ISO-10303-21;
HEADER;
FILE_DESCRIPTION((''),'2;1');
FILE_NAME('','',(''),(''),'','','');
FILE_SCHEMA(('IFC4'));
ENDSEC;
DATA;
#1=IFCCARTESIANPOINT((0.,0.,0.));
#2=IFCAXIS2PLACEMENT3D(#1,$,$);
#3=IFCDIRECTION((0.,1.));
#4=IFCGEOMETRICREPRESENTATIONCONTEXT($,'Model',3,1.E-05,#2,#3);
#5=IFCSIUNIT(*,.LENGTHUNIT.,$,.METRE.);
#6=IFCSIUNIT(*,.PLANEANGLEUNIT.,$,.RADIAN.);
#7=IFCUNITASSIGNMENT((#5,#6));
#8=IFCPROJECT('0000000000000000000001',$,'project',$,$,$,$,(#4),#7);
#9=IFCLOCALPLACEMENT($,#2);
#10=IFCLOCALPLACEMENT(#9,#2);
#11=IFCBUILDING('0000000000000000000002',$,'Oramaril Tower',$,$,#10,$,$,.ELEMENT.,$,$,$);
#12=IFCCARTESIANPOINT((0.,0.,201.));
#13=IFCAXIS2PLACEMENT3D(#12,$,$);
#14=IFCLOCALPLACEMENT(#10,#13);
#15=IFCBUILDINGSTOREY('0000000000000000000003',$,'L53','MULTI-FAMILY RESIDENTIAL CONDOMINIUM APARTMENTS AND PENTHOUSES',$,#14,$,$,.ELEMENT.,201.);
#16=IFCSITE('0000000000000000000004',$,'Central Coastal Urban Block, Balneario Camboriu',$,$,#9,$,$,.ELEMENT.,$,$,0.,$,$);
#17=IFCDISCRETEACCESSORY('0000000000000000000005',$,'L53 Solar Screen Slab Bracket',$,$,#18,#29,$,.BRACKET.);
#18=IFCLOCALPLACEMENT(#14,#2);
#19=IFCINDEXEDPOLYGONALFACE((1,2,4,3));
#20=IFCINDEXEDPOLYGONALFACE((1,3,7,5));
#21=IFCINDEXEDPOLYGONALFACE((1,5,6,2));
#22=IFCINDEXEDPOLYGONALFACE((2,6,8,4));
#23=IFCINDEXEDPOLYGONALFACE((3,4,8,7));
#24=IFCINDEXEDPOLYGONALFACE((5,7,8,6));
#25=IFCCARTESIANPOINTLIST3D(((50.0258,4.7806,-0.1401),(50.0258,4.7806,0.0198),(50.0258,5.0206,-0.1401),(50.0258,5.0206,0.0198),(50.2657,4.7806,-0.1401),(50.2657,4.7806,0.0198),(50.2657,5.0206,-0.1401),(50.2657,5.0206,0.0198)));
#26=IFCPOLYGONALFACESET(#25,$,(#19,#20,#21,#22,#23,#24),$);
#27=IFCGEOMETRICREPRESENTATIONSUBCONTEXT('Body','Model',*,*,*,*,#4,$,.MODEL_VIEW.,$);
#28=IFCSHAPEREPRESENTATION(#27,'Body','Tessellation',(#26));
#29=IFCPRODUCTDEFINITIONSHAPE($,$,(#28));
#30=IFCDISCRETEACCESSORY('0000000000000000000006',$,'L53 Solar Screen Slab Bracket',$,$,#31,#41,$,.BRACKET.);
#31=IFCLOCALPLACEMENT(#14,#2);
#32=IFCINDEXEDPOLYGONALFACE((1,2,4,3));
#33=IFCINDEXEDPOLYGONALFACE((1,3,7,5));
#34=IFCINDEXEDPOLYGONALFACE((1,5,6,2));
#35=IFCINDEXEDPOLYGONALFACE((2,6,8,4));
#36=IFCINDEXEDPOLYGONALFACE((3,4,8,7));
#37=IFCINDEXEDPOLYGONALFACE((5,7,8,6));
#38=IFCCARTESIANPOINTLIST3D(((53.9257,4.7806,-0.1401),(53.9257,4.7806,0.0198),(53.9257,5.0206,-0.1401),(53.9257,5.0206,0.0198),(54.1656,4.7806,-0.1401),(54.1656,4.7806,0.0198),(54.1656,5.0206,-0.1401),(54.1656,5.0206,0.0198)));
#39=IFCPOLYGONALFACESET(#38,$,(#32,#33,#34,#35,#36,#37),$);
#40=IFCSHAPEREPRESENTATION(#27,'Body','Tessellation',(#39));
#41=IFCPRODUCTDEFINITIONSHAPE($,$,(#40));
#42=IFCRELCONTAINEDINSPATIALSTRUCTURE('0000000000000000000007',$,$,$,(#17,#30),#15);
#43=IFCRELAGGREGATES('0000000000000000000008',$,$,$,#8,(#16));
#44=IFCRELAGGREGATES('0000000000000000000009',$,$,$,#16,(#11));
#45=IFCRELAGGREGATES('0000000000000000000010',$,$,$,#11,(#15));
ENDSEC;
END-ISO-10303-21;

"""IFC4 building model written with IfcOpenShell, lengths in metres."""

from ifc_helpers import new_model, si_unit, direction, frame, origin, origin_2d, place, context, subcontext, project, spatial, rectangle, extrude, element, save


model = new_model("IFC4")

# Units and contexts
model_context = context("Model", 3, precision=1e-05, world=origin(), true_north=direction((0.0, 1.0)))
body_context = subcontext(model_context, "Body", "Model", "MODEL_VIEW")
ifc_project = project(units=[si_unit("LENGTHUNIT", "METRE"), si_unit("PLANEANGLEUNIT", "RADIAN")], contexts=[model_context])

# Site, building, storey
site_placement = place(None, origin())
site = spatial("IfcSite", under=ifc_project, at=site_placement, Name="Central Coastal Urban Block, Balneario Camboriu", CompositionType="ELEMENT", RefElevation=0.0)
building_placement = place(site_placement, origin())
building = spatial("IfcBuilding", under=site, at=building_placement, Name="Oramaril Tower", CompositionType="ELEMENT")
storey_placement = place(building_placement, frame((0.0, 0.0, 201.0)))
storey = spatial("IfcBuildingStorey", under=building, at=storey_placement, Name="L53", Description="MULTI-FAMILY RESIDENTIAL CONDOMINIUM APARTMENTS AND PENTHOUSES", CompositionType="ELEMENT", Elevation=201.0)

# Discrete accessories
for number, where, z_axis, x_axis, name in (
    (1, (50.1458, 4.9006, -0.1401), (0.0, 0.0, 1.0), (1.0, 0.0, 0.0), "L53 Solar Screen Slab Bracket"),
    (2, (54.0457, 4.9006, -0.1401), (0.0, 0.0, 1.0), (1.0, 0.0, 0.0), "L53 Solar Screen Slab Bracket"),
):
    element("IfcDiscreteAccessory", number, at=place(storey_placement, frame(where, z_axis=z_axis, x_axis=x_axis)), inside=storey, Name=name, PredefinedType="BRACKET", context=body_context, shape_type="SweptSolid", body=[
        extrude(rectangle(XDim=0.24, YDim=0.24, at=origin_2d()), origin(), (0.0, 0.0, 1.0), 0.1599),
    ])

save(model, "model.ifc")
